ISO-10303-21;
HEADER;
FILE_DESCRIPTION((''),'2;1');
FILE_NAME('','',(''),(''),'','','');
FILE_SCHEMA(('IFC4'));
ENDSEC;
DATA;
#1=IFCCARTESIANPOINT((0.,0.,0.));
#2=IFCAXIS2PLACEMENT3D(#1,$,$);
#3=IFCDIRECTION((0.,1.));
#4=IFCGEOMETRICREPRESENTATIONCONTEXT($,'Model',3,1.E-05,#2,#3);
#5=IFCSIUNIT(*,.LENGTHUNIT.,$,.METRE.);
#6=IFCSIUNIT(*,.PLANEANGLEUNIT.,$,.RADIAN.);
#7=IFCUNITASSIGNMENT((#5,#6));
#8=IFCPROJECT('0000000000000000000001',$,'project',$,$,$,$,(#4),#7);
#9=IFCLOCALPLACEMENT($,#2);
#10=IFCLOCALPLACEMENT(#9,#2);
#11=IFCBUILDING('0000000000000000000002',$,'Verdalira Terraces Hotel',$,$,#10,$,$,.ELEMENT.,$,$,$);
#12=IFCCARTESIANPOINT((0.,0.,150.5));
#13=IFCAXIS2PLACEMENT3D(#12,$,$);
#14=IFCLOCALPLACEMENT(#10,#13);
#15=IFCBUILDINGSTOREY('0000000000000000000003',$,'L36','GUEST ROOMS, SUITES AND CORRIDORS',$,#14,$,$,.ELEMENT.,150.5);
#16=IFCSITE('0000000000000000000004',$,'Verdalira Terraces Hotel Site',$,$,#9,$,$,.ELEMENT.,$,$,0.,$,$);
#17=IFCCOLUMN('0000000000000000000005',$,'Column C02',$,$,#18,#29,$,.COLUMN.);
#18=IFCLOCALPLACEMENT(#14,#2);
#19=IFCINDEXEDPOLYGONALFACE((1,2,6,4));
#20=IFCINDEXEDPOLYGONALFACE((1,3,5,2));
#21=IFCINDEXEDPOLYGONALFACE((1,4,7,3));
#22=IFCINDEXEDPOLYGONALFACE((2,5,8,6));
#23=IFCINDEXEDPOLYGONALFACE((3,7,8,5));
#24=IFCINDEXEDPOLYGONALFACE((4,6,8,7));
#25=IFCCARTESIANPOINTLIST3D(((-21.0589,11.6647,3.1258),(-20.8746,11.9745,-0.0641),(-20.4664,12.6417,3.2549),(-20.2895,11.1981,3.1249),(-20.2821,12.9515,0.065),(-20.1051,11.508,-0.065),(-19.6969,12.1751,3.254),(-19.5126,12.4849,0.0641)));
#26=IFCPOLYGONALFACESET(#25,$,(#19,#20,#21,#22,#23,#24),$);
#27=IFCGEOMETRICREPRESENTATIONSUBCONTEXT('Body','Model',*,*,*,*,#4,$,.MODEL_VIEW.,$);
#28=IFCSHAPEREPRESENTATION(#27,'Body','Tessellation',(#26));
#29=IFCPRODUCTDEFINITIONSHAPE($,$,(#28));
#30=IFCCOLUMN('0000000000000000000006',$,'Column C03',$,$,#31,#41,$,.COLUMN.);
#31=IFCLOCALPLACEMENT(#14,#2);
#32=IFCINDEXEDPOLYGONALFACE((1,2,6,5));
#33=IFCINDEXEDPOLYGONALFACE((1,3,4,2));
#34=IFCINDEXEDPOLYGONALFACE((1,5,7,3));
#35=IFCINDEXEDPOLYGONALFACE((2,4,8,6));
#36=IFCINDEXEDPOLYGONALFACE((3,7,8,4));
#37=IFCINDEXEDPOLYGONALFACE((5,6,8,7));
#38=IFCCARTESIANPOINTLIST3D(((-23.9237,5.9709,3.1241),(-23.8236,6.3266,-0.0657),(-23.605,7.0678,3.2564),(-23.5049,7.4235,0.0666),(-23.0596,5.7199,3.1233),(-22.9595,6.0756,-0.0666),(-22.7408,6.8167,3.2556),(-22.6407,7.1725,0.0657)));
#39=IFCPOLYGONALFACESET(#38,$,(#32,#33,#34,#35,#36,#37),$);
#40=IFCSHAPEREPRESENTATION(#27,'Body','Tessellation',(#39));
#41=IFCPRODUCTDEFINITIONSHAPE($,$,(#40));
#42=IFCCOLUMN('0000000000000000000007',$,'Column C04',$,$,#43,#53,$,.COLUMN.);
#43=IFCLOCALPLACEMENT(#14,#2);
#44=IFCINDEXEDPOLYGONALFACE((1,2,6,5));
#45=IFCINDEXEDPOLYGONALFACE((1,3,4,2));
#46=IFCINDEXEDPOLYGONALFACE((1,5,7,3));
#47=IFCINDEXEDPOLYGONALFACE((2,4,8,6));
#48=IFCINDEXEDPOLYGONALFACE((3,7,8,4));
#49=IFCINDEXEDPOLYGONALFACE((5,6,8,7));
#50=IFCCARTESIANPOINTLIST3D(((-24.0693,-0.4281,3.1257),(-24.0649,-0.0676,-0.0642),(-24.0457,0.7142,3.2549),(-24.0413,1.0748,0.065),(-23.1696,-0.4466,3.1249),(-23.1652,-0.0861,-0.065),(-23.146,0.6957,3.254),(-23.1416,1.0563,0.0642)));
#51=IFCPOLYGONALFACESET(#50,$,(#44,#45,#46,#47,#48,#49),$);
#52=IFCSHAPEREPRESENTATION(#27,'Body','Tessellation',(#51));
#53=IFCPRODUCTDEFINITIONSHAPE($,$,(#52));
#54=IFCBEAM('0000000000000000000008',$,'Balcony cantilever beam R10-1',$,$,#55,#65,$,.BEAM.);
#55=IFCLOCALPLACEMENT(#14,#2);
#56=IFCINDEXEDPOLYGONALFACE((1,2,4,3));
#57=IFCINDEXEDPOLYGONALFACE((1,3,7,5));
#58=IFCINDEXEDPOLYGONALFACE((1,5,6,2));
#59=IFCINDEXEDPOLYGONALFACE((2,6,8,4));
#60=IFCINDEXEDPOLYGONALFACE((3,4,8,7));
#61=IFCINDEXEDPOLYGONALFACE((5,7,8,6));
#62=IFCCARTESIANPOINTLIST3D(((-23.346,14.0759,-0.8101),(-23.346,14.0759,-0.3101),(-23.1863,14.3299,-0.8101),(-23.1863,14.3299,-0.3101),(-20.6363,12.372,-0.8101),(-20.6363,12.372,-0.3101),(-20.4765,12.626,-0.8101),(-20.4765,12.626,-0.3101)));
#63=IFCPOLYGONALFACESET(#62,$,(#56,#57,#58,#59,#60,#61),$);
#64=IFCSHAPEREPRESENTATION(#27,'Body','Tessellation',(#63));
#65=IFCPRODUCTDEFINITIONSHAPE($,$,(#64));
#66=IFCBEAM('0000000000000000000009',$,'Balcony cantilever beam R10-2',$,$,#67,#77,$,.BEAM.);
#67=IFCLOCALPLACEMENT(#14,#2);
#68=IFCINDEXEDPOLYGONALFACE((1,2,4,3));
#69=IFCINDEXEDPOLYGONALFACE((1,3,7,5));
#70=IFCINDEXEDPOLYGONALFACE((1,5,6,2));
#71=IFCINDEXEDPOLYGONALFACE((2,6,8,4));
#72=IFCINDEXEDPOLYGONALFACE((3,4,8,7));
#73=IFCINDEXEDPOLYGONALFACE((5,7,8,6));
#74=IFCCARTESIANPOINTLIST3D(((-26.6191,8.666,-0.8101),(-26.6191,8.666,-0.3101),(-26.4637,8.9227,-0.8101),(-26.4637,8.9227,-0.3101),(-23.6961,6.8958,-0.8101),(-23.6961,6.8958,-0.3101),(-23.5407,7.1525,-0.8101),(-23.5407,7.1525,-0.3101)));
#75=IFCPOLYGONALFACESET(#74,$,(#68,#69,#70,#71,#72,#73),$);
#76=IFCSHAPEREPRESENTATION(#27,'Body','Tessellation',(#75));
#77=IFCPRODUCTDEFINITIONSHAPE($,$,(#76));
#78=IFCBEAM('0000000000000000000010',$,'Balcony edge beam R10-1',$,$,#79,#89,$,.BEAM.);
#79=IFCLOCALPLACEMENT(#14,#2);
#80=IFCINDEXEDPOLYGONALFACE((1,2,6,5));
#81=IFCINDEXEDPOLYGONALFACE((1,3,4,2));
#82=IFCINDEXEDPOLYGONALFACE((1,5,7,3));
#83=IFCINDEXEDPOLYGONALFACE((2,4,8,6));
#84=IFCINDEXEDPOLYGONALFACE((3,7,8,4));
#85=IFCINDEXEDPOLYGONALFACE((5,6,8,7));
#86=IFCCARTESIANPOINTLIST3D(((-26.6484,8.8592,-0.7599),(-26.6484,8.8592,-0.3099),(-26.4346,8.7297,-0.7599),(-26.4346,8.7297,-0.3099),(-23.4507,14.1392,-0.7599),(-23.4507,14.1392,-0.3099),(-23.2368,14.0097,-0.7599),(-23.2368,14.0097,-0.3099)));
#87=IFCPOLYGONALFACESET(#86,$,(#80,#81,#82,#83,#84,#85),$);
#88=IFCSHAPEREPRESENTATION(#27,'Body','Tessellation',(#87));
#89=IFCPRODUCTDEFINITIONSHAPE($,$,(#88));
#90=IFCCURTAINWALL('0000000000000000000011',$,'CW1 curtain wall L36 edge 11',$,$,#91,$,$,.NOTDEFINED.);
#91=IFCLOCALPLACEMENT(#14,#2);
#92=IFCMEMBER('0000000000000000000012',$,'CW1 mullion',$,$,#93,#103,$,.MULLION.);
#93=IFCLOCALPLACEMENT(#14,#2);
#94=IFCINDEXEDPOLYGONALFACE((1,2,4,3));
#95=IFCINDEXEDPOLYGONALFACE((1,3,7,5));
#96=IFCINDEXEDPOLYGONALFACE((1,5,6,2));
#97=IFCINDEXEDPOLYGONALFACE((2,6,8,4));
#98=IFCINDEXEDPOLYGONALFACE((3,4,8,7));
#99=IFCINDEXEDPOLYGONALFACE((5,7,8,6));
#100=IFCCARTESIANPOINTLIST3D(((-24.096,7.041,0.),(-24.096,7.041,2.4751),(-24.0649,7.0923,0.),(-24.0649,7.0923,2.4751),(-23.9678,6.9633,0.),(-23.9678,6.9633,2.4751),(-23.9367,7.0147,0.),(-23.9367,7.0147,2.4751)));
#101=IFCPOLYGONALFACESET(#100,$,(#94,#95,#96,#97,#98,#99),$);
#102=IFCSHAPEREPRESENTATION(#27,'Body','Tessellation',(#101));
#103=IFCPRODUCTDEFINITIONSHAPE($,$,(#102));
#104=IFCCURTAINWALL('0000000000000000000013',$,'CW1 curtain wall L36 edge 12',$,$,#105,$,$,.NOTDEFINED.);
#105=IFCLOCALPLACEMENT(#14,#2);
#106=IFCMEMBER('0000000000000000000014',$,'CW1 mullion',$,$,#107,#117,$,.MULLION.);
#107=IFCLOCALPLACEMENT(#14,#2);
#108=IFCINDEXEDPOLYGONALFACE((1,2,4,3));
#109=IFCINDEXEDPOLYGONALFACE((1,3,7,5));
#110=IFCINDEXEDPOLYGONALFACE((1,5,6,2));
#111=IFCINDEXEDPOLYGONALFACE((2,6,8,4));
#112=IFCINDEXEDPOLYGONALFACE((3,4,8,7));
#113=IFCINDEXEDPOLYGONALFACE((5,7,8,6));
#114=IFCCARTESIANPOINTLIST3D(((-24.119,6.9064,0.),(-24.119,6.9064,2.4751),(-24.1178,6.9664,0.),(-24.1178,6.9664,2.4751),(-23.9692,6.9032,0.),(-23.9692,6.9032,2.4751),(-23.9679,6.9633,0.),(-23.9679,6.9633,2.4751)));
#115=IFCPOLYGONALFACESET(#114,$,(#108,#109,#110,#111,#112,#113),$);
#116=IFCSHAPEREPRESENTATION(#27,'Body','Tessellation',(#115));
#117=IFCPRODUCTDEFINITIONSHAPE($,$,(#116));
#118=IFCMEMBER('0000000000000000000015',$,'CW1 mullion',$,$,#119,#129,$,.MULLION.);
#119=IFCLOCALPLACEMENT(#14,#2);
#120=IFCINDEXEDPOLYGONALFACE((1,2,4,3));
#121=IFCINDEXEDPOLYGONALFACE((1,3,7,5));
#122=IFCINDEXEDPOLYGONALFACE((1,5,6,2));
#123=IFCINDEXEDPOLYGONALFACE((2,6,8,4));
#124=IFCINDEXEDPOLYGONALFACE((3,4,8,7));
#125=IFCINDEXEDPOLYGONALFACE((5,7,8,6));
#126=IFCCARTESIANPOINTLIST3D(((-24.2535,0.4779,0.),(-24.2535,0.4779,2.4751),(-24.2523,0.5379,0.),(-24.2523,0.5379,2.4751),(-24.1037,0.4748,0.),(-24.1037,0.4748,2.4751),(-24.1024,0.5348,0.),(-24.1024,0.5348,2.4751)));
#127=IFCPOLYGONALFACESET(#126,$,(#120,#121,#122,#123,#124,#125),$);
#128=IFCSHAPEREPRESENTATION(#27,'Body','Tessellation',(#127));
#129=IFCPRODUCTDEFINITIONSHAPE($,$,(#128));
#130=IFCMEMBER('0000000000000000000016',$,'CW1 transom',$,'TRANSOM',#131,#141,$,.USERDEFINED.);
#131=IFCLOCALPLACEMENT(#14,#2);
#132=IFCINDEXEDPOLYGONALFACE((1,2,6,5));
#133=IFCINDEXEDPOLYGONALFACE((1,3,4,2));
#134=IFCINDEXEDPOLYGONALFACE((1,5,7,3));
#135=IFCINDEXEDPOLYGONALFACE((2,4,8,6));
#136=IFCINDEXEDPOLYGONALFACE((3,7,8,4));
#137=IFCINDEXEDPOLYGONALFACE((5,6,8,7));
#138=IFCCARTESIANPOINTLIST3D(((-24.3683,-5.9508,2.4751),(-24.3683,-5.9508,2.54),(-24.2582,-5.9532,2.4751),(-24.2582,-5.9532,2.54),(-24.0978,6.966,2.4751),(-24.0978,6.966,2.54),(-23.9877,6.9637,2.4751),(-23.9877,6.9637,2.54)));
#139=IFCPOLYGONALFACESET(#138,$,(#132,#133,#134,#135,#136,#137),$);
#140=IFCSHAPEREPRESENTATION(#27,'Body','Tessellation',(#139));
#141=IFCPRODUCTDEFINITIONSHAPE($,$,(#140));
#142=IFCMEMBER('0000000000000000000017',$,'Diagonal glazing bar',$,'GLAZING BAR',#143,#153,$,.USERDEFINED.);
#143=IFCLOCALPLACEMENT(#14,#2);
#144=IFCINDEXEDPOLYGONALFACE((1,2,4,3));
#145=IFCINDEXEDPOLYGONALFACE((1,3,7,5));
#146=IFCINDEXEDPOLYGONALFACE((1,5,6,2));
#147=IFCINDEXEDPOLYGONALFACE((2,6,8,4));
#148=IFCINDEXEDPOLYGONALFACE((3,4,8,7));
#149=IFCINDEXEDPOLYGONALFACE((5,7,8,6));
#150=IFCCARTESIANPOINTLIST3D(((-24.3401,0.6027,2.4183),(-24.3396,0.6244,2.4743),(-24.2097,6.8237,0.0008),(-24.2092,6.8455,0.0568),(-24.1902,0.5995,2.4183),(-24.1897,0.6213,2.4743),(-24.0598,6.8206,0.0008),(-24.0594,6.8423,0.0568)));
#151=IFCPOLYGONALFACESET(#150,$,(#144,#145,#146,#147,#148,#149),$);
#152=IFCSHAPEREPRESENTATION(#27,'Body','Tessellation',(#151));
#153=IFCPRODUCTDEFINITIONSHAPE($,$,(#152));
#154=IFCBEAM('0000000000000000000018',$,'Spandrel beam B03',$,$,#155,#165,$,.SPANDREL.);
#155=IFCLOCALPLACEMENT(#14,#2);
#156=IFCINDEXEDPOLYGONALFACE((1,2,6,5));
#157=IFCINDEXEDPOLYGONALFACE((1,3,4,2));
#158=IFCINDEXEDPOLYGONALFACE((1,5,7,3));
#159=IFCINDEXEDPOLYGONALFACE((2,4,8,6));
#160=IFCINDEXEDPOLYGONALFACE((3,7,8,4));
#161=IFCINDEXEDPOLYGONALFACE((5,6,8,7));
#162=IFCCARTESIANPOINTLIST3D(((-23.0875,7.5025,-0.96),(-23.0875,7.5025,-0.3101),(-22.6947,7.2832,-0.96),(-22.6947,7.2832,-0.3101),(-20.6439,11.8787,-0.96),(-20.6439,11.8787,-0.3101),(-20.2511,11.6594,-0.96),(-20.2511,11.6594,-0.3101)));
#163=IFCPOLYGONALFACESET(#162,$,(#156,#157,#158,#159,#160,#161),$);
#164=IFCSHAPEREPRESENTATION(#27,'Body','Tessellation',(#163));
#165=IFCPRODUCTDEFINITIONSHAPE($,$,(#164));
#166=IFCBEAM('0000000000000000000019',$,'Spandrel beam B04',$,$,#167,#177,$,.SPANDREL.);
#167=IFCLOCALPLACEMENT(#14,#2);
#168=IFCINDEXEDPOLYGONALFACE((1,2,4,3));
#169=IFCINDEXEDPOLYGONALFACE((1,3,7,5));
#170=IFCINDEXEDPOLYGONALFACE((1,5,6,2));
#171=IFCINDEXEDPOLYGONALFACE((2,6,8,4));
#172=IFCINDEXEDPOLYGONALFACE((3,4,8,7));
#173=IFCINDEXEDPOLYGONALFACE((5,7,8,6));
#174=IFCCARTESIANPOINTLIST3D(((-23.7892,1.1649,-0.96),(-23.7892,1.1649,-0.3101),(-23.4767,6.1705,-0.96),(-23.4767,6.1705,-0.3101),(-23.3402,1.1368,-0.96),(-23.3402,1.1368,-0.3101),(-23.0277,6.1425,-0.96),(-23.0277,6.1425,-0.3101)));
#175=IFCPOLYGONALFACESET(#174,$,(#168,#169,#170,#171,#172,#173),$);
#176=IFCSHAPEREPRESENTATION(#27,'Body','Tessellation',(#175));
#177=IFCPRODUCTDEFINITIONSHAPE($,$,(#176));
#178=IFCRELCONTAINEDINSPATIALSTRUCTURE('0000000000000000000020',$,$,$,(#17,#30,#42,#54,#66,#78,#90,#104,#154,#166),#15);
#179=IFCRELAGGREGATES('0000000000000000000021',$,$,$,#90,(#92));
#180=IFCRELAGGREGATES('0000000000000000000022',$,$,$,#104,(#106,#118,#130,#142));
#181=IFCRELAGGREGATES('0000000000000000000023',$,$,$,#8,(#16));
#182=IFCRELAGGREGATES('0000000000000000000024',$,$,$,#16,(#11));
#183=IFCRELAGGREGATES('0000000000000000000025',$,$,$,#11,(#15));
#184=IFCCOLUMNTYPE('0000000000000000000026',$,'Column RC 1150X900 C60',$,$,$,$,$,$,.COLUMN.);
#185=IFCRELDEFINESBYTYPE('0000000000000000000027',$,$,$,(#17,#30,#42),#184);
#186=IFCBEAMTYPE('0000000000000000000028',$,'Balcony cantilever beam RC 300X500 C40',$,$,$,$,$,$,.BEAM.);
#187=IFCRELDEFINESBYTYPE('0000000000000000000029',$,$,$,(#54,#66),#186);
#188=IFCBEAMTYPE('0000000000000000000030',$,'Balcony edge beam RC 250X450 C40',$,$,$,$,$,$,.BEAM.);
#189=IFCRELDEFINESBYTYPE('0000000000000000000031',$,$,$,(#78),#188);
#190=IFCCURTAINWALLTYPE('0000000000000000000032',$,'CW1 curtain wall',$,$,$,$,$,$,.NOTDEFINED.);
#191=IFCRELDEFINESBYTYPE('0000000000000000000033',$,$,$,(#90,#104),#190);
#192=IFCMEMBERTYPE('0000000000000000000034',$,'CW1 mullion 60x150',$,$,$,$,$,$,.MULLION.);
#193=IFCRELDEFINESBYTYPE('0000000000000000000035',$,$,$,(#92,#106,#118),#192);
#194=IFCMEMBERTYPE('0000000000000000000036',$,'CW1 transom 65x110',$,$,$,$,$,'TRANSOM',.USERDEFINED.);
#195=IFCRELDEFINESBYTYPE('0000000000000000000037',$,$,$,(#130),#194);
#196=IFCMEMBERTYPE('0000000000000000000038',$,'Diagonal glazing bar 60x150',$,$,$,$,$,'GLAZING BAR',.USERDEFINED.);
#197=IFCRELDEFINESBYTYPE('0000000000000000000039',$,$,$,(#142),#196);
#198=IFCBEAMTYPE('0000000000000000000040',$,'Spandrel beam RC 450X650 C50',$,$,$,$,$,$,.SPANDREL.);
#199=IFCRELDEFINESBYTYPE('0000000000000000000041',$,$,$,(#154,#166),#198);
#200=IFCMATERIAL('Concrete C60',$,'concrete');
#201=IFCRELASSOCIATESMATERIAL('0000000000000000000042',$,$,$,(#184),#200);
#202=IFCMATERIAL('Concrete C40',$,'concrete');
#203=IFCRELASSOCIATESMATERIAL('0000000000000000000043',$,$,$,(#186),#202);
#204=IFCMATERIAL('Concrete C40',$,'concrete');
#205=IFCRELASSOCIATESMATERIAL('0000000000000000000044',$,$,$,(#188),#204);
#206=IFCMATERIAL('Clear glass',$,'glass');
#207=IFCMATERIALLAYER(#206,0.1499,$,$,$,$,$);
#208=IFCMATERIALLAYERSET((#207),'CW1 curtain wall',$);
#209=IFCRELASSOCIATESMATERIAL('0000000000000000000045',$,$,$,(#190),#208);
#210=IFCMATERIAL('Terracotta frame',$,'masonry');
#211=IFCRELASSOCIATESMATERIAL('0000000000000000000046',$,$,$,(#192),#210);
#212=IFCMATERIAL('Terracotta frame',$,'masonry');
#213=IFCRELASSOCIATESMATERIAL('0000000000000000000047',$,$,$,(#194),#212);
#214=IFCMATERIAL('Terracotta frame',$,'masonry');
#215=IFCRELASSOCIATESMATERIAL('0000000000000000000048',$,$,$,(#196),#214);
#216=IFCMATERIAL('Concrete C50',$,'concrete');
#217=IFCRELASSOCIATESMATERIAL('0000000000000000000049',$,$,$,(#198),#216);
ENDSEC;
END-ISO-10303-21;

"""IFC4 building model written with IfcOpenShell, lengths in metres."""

from ifc_helpers import new_model, si_unit, direction, frame, origin, origin_2d, place, context, subcontext, project, spatial, rectangle, extrude, material, layer, layer_set, material_profile, profile_set, type_object, element, aggregate, save


model = new_model("IFC4")

# Units and contexts
model_context = context("Model", 3, precision=1e-05, world=origin(), true_north=direction((0.0, 1.0)))
body_context = subcontext(model_context, "Body", "Model", "MODEL_VIEW")
ifc_project = project(units=[si_unit("LENGTHUNIT", "METRE"), si_unit("PLANEANGLEUNIT", "RADIAN")], contexts=[model_context])

# Site, building, storey
site_placement = place(None, origin())
site = spatial("IfcSite", under=ifc_project, at=site_placement, Name="Verdalira Terraces Hotel Site", CompositionType="ELEMENT", RefElevation=0.0)
building_placement = place(site_placement, origin())
building = spatial("IfcBuilding", under=site, at=building_placement, Name="Verdalira Terraces Hotel", CompositionType="ELEMENT")
storey_placement = place(building_placement, frame((0.0, 0.0, 150.5)))
storey = spatial("IfcBuildingStorey", under=building, at=storey_placement, Name="L36", Description="GUEST ROOMS, SUITES AND CORRIDORS", CompositionType="ELEMENT", Elevation=150.5)

# Columns
ifc_material_1 = material(Name="Concrete C60", Category="concrete")
ifc_material_profile_1 = material_profile(ifc_material_1, rectangle(XDim=1.1499, YDim=0.8999, at=origin_2d()), Name="RC 1150X900")
ifc_profile_set_1 = profile_set([ifc_material_profile_1], Name="Concrete C60")
column_type = type_object("IfcColumnType", Name="Column RC 1150X900 C60", PredefinedType="COLUMN", material=ifc_profile_set_1)
column_1_placement = place(storey_placement, frame((-20.1936, 12.2297, 0.0), z_axis=(-0.057418, -0.096508, 0.993675), x_axis=(-0.515299, -0.849622, -0.112293)))
element("IfcColumn", 1, at=column_1_placement, inside=storey, type_object=column_type, Name="Column C02", PredefinedType="COLUMN", context=body_context, shape_type="SweptSolid", body=[
    extrude(rectangle(XDim=1.1499, YDim=0.8999, at=origin_2d()), origin(), (0.0, 0.0, 1.0), 3.2102),
])
column_2_placement = place(storey_placement, frame((-23.2322, 6.7495, 0.0), z_axis=(-0.031171, -0.11077, 0.993357), x_axis=(0.277189, 0.9539, 0.115068)))
element("IfcColumn", 2, at=column_2_placement, inside=storey, type_object=column_type, Name="Column C03", PredefinedType="COLUMN", context=body_context, shape_type="SweptSolid", body=[
    extrude(rectangle(XDim=1.1499, YDim=0.8999, at=origin_2d()), origin(), (0.0, 0.0, 1.0), 3.2112),
])
column_3_placement = place(storey_placement, frame((-23.6033, 0.4944, 0.0), z_axis=(-0.001369, -0.112326, 0.99367), x_axis=(-0.020539, -0.993459, -0.11233)))
element("IfcColumn", 3, at=column_3_placement, inside=storey, type_object=column_type, Name="Column C04", PredefinedType="COLUMN", context=body_context, shape_type="SweptSolid", body=[
    extrude(rectangle(XDim=1.1499, YDim=0.8999, at=origin_2d()), origin(), (0.0, 0.0, 1.0), 3.2102),
])

# Beams
ifc_material_2 = material(Name="Concrete C40", Category="concrete")
ifc_material_profile_2 = material_profile(ifc_material_2, rectangle(XDim=0.3, YDim=0.5, at=origin_2d()), Name="RC 300X500")
ifc_profile_set_2 = profile_set([ifc_material_profile_2], Name="Concrete C40")
beam_type_1 = type_object("IfcBeamType", Name="Balcony cantilever beam RC 300X500 C40", PredefinedType="BEAM", material=ifc_profile_set_2)
beam_1_placement = place(storey_placement, frame((-20.5564, 12.499, -0.5601), z_axis=(-0.846551, 0.532307, 0.0), x_axis=(-0.532307, -0.846551, 0.0)))
element("IfcBeam", 4, at=beam_1_placement, inside=storey, type_object=beam_type_1, Name="Balcony cantilever beam R10-1", PredefinedType="BEAM", context=body_context, shape_type="SweptSolid", body=[
    extrude(rectangle(XDim=0.3, YDim=0.5, at=origin_2d()), origin(), (0.0, 0.0, 1.0), 3.2009),
])
beam_2_placement = place(storey_placement, frame((-23.6184, 7.0242, -0.5601), z_axis=(-0.855368, 0.518021, 0.0), x_axis=(-0.518021, -0.855368, 0.0)))
element("IfcBeam", 5, at=beam_2_placement, inside=storey, type_object=beam_type_1, Name="Balcony cantilever beam R10-2", PredefinedType="BEAM", context=body_context, shape_type="SweptSolid", body=[
    extrude(rectangle(XDim=0.3, YDim=0.5, at=origin_2d()), origin(), (0.0, 0.0, 1.0), 3.4172),
])
ifc_material_3 = material(Name="Concrete C40", Category="concrete")
ifc_material_profile_3 = material_profile(ifc_material_3, rectangle(XDim=0.25, YDim=0.45, at=origin_2d()), Name="RC 250X450")
ifc_profile_set_3 = profile_set([ifc_material_profile_3], Name="Concrete C40")
beam_type_2 = type_object("IfcBeamType", Name="Balcony edge beam RC 250X450 C40", PredefinedType="BEAM", material=ifc_profile_set_3)
beam_3_placement = place(storey_placement, frame((-23.3438, 14.0745, -0.5349), z_axis=(-0.518033, -0.85536, 0.0), x_axis=(0.85536, -0.518033, 0.0)))
element("IfcBeam", 6, at=beam_3_placement, inside=storey, type_object=beam_type_2, Name="Balcony edge beam R10-1", PredefinedType="BEAM", context=body_context, shape_type="SweptSolid", body=[
    extrude(rectangle(XDim=0.25, YDim=0.45, at=origin_2d()), origin(), (0.0, 0.0, 1.0), 6.1729),
])

# Curtain wall, member
ifc_material_4 = material(Name="Clear glass", Category="glass")
ifc_layer_1 = layer(ifc_material_4, 0.1499)
ifc_layer_set_1 = layer_set([ifc_layer_1], Name="CW1 curtain wall")
curtain_wall_type = type_object("IfcCurtainWallType", Name="CW1 curtain wall", PredefinedType="NOTDEFINED", material=ifc_layer_set_1)
curtain_wall_1_placement = place(storey_placement, origin())
curtain_wall_1 = element("IfcCurtainWall", 7, at=curtain_wall_1_placement, inside=storey, type_object=curtain_wall_type, Name="CW1 curtain wall L36 edge 11", PredefinedType="NOTDEFINED")
ifc_material_5 = material(Name="Terracotta frame", Category="masonry")
ifc_material_profile_4 = material_profile(ifc_material_5, rectangle(XDim=0.0601, YDim=0.1499, at=origin_2d()), Name="MU 60x150")
ifc_profile_set_4 = profile_set([ifc_material_profile_4], Name="Terracotta frame")
member_type_1 = type_object("IfcMemberType", Name="CW1 mullion 60x150", PredefinedType="MULLION", material=ifc_profile_set_4)
member_1_placement = place(storey_placement, frame((-24.0164, 7.0278, 0.0), z_axis=(0.0, 0.0, 1.0), x_axis=(-0.518027, -0.855364, 0.0)))
member_1 = element("IfcMember", 8, at=member_1_placement, type_object=member_type_1, Name="CW1 mullion", PredefinedType="MULLION", context=body_context, shape_type="SweptSolid", body=[
    extrude(rectangle(XDim=0.0601, YDim=0.1499, at=origin_2d()), origin(), (0.0, 0.0, 1.0), 2.4751),
])

# Curtain wall, members
curtain_wall_2_placement = place(storey_placement, origin())
curtain_wall_2 = element("IfcCurtainWall", 9, at=curtain_wall_2_placement, inside=storey, type_object=curtain_wall_type, Name="CW1 curtain wall L36 edge 12", PredefinedType="NOTDEFINED")
member_2_placement = place(storey_placement, frame((-24.0435, 6.9348, 0.0), z_axis=(0.0, 0.0, 1.0), x_axis=(-0.020942, -0.999781, 0.0)))
member_2 = element("IfcMember", 10, at=member_2_placement, type_object=member_type_1, Name="CW1 mullion", PredefinedType="MULLION", context=body_context, shape_type="SweptSolid", body=[
    extrude(rectangle(XDim=0.0601, YDim=0.1499, at=origin_2d()), origin(), (0.0, 0.0, 1.0), 2.4751),
])
member_3_placement = place(storey_placement, frame((-24.178, 0.5063, 0.0), z_axis=(0.0, 0.0, 1.0), x_axis=(-0.020942, -0.999781, 0.0)))
member_3 = element("IfcMember", 11, at=member_3_placement, type_object=member_type_1, Name="CW1 mullion", PredefinedType="MULLION", context=body_context, shape_type="SweptSolid", body=[
    extrude(rectangle(XDim=0.0601, YDim=0.1499, at=origin_2d()), origin(), (0.0, 0.0, 1.0), 2.4751),
])
ifc_material_6 = material(Name="Terracotta frame", Category="masonry")
ifc_material_profile_5 = material_profile(ifc_material_6, rectangle(XDim=0.1101, YDim=0.0649, at=origin_2d()), Name="TR 65x110")
ifc_profile_set_5 = profile_set([ifc_material_profile_5], Name="Terracotta frame")
member_type_2 = type_object("IfcMemberType", Name="CW1 transom 65x110", ElementType="TRANSOM", PredefinedType="USERDEFINED", material=ifc_profile_set_5)
member_4_placement = place(storey_placement, frame((-24.0427, 6.9648, 2.5076), z_axis=(-0.020938, -0.999781, 0.0), x_axis=(0.999781, -0.020938, 0.0)))
member_4 = element("IfcMember", 12, at=member_4_placement, type_object=member_type_2, Name="CW1 transom", ObjectType="TRANSOM", PredefinedType="USERDEFINED", context=body_context, shape_type="SweptSolid", body=[
    extrude(rectangle(XDim=0.1101, YDim=0.0649, at=origin_2d()), origin(), (0.0, 0.0, 1.0), 12.9197),
])
ifc_material_7 = material(Name="Terracotta frame", Category="masonry")
ifc_material_profile_6 = material_profile(ifc_material_7, rectangle(XDim=0.1499, YDim=0.0601, at=origin_2d()), Name="GB 60x150")
ifc_profile_set_6 = profile_set([ifc_material_profile_6], Name="Terracotta frame")
member_type_3 = type_object("IfcMemberType", Name="Diagonal glazing bar 60x150", ElementType="GLAZING BAR", PredefinedType="USERDEFINED", material=ifc_profile_set_6)
member_5_placement = place(storey_placement, frame((-24.1345, 6.833, 0.0288), z_axis=(-0.01953, -0.931917, 0.362146), x_axis=(0.99978, -0.020952, 0.0)))
member_5 = element("IfcMember", 13, at=member_5_placement, type_object=member_type_3, Name="Diagonal glazing bar", ObjectType="GLAZING BAR", PredefinedType="USERDEFINED", context=body_context, shape_type="SweptSolid", body=[
    extrude(rectangle(XDim=0.1499, YDim=0.0601, at=origin_2d()), origin(), (0.0, 0.0, 1.0), 6.6755),
])

# Beams
ifc_material_8 = material(Name="Concrete C50", Category="concrete")
ifc_material_profile_7 = material_profile(ifc_material_8, rectangle(XDim=0.45, YDim=0.6499, at=origin_2d()), Name="RC 450X650")
ifc_profile_set_7 = profile_set([ifc_material_profile_7], Name="Concrete C50")
beam_type_3 = type_object("IfcBeamType", Name="Spandrel beam RC 450X650 C50", PredefinedType="SPANDREL", material=ifc_profile_set_7)
beam_4_placement = place(storey_placement, frame((-20.4475, 11.769, -0.635), z_axis=(-0.487528, -0.873108, 0.0), x_axis=(0.873108, -0.487528, 0.0)))
element("IfcBeam", 14, at=beam_4_placement, inside=storey, type_object=beam_type_3, Name="Spandrel beam B03", PredefinedType="SPANDREL", context=body_context, shape_type="SweptSolid", body=[
    extrude(rectangle(XDim=0.45, YDim=0.6499, at=origin_2d()), origin(), (0.0, 0.0, 1.0), 5.0122),
])
beam_5_placement = place(storey_placement, frame((-23.2522, 6.1565, -0.635), z_axis=(-0.062309, -0.998057, 0.0), x_axis=(0.998057, -0.062309, 0.0)))
element("IfcBeam", 15, at=beam_5_placement, inside=storey, type_object=beam_type_3, Name="Spandrel beam B04", PredefinedType="SPANDREL", context=body_context, shape_type="SweptSolid", body=[
    extrude(rectangle(XDim=0.45, YDim=0.6499, at=origin_2d()), origin(), (0.0, 0.0, 1.0), 5.0154),
])

aggregate(curtain_wall_1, [member_1])
aggregate(curtain_wall_2, [member_2, member_3, member_4, member_5])

save(model, "model.ifc")
